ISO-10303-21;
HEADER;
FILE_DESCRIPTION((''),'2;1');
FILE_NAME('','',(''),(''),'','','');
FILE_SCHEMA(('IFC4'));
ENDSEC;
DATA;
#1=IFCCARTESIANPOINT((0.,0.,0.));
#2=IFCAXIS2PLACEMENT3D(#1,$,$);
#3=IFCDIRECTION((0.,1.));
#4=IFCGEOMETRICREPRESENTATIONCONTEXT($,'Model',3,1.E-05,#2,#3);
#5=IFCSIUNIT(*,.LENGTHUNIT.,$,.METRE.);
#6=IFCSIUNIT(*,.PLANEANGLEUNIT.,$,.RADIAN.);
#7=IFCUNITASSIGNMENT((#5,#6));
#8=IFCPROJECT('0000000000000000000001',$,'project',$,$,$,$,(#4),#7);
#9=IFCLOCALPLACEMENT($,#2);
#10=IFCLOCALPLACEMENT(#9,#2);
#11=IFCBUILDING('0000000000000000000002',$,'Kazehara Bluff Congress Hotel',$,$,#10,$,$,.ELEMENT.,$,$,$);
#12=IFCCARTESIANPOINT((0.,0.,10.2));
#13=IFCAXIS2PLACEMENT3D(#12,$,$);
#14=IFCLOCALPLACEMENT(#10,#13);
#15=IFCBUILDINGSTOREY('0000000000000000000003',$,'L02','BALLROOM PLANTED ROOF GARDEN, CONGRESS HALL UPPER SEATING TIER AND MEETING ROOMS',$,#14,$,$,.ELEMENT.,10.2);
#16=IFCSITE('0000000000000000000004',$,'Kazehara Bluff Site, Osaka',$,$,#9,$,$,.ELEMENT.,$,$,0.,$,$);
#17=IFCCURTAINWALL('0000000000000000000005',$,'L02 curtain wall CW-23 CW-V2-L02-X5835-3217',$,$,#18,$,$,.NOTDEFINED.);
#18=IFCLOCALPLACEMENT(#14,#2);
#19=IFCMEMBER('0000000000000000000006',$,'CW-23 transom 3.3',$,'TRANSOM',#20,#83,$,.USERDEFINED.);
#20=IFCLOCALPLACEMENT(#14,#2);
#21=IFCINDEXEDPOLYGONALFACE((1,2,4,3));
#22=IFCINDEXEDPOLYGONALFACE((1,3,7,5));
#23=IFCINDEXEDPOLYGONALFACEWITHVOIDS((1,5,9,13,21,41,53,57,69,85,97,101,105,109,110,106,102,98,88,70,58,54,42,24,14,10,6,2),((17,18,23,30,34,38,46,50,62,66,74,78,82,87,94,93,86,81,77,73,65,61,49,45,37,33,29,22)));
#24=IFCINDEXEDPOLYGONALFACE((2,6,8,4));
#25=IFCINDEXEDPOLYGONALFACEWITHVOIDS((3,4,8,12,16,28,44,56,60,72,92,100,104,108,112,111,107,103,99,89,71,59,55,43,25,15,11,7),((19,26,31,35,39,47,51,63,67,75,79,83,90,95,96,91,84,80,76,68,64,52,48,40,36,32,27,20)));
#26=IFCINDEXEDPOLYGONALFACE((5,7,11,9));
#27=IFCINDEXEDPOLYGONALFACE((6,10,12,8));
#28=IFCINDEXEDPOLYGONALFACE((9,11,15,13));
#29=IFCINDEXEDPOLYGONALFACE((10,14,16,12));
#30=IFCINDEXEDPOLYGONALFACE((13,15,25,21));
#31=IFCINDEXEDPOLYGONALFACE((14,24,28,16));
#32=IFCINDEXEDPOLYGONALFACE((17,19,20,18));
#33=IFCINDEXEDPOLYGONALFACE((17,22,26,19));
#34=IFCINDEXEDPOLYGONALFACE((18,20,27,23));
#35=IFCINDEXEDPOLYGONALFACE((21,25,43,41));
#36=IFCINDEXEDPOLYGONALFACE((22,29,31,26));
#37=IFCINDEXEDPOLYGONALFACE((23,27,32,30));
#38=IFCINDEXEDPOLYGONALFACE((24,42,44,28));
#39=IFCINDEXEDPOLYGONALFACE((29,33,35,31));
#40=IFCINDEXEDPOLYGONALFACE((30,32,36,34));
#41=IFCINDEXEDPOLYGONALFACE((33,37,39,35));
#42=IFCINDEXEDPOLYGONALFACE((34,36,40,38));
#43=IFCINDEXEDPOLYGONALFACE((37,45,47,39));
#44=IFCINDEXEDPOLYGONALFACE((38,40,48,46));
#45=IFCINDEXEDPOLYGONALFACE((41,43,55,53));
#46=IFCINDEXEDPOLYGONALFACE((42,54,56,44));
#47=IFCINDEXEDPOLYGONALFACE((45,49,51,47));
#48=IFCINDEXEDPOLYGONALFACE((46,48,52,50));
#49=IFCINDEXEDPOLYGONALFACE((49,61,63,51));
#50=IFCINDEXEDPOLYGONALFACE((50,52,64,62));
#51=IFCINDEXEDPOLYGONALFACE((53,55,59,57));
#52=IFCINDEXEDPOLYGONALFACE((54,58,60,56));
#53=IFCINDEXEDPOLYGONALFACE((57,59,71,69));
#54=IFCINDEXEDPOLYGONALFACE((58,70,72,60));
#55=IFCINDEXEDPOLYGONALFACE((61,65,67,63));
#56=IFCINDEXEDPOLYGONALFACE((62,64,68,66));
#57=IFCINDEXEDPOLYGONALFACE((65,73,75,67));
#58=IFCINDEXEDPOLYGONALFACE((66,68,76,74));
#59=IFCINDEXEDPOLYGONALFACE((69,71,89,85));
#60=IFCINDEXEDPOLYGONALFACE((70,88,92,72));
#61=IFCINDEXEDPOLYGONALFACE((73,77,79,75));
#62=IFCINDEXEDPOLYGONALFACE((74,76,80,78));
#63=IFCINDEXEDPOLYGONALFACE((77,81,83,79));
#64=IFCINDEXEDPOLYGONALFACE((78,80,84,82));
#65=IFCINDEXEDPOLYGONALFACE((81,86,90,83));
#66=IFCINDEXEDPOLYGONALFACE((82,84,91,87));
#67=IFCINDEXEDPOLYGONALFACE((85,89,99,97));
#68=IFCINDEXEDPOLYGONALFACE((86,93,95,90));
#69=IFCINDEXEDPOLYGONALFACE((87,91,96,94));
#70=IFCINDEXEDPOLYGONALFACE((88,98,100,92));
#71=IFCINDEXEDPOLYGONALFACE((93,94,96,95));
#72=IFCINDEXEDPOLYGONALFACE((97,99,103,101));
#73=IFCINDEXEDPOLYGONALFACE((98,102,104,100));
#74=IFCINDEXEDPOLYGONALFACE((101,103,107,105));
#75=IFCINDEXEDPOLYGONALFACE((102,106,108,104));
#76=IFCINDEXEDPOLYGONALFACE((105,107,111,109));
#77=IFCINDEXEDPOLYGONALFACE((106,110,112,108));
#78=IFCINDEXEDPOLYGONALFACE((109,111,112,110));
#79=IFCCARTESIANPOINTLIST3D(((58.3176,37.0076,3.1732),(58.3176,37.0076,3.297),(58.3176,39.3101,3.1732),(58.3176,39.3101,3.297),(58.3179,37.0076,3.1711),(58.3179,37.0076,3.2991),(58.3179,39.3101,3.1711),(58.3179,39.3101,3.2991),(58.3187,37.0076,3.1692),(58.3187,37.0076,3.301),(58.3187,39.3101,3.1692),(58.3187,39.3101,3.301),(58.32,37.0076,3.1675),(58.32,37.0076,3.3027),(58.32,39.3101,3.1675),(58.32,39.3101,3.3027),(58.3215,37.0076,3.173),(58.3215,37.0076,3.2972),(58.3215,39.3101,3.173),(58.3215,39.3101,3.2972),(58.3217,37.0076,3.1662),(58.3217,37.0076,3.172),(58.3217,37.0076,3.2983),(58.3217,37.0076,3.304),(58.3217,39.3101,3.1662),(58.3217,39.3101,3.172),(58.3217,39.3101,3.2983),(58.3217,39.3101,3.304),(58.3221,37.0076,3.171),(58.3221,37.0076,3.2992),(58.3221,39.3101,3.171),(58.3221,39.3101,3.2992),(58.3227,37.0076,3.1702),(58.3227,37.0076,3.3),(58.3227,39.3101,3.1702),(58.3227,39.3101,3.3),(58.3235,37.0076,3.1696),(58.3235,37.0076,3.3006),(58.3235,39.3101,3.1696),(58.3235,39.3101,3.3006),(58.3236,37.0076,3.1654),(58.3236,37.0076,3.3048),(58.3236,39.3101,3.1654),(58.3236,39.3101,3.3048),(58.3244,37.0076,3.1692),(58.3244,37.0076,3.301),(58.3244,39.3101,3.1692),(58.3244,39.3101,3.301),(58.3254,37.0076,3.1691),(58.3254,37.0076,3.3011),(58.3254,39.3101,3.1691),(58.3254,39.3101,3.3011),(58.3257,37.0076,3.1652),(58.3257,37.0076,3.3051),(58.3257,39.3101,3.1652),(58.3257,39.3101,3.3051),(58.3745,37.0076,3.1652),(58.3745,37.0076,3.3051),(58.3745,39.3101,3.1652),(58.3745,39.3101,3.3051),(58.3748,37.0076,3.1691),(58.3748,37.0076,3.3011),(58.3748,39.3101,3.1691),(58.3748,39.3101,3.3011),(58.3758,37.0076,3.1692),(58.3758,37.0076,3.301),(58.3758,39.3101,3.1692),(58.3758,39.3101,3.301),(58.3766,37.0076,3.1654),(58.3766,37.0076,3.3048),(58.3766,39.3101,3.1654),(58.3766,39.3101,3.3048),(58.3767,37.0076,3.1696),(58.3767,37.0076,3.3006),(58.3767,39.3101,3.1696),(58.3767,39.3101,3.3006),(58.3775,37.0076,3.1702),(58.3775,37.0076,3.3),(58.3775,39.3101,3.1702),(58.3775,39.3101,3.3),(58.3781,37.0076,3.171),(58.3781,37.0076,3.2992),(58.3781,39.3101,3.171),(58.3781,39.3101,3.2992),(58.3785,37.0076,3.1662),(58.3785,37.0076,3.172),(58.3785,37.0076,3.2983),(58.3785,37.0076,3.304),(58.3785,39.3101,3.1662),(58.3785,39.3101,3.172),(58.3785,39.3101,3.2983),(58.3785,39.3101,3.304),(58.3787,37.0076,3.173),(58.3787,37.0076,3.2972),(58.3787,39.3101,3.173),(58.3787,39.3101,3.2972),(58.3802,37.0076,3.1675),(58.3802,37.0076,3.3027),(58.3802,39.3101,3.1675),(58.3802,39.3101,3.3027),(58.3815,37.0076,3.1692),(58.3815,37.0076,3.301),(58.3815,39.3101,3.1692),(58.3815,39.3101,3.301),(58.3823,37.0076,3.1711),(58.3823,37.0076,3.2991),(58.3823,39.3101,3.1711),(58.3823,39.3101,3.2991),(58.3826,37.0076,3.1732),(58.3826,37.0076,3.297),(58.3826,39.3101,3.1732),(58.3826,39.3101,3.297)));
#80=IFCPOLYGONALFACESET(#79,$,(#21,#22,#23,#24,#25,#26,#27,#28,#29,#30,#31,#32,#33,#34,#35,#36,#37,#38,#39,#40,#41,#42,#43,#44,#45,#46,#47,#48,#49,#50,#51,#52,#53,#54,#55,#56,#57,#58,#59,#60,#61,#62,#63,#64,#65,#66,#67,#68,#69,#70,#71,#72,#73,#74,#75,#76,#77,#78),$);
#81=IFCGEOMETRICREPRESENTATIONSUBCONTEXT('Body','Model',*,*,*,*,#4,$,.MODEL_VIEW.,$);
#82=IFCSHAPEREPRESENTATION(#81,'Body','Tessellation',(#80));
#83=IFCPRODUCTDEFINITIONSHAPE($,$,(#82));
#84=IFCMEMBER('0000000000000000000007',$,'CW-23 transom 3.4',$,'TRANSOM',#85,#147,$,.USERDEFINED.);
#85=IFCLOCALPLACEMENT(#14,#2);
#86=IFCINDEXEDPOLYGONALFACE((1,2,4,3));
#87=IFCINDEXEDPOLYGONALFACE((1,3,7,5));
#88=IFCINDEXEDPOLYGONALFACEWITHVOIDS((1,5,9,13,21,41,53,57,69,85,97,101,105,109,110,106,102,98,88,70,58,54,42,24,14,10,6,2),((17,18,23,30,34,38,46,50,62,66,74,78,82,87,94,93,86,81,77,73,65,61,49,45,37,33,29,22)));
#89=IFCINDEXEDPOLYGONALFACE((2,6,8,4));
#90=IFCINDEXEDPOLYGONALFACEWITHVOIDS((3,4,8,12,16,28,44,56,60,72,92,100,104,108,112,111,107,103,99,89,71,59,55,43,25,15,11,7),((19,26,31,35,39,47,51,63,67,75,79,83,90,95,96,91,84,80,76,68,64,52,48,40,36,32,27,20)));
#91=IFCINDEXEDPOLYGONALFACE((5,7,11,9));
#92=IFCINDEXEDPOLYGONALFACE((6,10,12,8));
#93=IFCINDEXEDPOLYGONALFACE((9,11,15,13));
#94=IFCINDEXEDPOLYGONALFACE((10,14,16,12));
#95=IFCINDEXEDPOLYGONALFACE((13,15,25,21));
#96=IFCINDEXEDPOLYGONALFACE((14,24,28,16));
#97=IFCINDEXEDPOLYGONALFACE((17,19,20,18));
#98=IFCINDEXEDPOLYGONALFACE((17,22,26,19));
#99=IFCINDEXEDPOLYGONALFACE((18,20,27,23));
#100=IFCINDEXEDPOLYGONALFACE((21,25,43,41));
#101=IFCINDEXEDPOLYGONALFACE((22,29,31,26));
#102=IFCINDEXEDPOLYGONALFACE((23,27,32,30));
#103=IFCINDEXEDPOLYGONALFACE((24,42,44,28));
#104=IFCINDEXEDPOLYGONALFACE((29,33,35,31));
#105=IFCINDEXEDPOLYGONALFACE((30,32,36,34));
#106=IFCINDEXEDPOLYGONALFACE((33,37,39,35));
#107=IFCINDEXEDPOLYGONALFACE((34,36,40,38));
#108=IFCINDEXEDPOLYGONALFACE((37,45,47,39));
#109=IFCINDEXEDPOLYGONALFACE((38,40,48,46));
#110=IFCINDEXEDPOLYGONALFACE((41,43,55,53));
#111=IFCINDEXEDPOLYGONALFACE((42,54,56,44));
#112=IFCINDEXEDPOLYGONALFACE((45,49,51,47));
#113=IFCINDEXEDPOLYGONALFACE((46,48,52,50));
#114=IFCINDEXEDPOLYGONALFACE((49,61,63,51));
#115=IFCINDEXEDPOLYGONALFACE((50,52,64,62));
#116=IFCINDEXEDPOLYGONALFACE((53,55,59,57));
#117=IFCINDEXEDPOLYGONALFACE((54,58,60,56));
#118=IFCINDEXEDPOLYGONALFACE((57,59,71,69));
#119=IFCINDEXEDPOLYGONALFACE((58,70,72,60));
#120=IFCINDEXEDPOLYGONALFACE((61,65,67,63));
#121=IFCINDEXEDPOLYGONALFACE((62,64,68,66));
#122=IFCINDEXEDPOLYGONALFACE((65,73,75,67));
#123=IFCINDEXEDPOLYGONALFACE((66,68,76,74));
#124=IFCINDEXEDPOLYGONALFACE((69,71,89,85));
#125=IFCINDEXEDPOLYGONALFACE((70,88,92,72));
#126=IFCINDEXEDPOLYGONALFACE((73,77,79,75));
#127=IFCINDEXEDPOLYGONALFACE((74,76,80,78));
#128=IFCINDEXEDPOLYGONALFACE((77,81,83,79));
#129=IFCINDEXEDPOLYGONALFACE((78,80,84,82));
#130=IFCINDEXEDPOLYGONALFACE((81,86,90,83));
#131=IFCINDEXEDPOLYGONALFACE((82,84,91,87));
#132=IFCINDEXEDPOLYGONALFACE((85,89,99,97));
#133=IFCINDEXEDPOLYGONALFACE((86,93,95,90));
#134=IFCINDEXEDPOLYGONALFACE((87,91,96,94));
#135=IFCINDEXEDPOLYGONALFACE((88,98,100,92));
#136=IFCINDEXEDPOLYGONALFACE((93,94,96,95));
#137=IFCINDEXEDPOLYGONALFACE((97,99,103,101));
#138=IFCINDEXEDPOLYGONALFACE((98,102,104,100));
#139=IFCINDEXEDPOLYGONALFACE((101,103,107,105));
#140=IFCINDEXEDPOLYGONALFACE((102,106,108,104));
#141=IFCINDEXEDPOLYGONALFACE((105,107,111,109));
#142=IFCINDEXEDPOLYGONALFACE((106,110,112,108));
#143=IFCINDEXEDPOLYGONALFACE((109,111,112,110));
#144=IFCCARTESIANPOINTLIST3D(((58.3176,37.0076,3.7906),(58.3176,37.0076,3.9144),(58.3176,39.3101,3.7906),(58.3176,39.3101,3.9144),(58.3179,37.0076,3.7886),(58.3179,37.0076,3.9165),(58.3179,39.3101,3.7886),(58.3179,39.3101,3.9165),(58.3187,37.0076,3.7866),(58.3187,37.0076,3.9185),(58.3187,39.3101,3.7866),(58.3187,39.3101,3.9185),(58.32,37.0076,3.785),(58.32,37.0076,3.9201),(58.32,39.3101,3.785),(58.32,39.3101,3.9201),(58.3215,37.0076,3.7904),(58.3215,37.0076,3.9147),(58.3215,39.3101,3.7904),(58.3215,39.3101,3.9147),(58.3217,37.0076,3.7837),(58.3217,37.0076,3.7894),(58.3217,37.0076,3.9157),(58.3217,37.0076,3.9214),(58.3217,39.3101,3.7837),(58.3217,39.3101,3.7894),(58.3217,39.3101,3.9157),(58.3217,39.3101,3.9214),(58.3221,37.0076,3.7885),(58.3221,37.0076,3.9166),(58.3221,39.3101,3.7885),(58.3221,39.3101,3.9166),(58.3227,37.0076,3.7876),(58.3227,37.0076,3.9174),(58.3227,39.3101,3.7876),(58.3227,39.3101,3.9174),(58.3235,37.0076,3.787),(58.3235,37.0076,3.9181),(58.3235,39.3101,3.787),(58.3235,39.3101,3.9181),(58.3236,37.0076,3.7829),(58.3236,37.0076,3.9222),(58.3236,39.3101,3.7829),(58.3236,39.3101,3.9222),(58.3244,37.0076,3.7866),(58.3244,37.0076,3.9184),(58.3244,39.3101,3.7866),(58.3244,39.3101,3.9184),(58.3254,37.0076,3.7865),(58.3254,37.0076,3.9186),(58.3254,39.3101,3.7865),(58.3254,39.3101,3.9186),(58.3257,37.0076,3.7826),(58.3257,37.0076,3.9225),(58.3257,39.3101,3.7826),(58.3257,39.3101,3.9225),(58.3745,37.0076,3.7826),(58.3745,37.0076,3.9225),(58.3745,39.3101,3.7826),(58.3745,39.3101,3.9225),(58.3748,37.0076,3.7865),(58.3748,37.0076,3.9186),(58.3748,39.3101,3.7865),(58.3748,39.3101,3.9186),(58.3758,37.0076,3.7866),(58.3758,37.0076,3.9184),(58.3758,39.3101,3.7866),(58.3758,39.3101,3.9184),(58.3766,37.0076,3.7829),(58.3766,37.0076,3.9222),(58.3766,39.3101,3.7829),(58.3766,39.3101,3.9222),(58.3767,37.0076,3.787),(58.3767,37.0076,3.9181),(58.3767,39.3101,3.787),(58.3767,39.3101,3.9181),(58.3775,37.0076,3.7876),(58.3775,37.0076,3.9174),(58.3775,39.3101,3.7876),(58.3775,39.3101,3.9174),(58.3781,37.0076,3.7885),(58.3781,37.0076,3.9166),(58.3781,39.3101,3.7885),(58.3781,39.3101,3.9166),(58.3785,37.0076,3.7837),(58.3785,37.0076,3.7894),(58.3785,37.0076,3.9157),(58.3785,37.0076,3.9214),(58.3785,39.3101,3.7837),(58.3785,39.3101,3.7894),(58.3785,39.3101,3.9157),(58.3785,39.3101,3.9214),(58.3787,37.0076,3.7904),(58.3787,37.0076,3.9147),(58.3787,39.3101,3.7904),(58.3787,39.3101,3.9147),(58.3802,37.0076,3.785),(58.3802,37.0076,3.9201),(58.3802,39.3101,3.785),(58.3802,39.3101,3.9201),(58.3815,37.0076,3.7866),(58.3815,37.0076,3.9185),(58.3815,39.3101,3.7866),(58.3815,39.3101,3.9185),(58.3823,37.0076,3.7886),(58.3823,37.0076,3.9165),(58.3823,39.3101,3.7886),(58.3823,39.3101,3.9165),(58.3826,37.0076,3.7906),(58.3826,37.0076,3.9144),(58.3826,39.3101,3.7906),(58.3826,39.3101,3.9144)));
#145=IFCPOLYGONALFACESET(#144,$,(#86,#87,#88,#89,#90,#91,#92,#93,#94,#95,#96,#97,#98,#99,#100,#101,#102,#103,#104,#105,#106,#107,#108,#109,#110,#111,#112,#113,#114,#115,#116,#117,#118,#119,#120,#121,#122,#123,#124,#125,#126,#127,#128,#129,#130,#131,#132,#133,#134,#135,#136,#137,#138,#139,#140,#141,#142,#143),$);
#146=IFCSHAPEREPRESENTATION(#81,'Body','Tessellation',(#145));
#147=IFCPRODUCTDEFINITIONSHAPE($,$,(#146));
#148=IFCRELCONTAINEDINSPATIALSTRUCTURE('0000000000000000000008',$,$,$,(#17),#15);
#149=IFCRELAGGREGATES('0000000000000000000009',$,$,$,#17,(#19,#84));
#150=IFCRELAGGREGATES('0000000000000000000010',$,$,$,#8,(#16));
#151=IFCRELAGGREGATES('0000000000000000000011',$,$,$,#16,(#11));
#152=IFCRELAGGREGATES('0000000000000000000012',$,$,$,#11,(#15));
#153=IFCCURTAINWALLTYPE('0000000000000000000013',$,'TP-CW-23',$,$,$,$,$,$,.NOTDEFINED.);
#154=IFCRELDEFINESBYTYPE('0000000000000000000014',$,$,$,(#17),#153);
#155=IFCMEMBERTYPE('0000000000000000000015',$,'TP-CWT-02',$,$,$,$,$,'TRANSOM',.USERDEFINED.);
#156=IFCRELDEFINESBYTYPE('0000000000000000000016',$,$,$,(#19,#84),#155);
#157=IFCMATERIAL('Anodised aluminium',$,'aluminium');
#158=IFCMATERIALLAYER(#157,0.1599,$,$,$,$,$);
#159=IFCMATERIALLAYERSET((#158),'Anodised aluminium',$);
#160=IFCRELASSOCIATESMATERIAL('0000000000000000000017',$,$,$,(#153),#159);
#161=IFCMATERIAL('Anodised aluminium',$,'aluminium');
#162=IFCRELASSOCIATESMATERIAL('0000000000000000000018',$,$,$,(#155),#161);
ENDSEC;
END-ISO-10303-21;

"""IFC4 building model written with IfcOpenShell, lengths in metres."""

from ifc_helpers import new_model, si_unit, direction, frame, origin, origin_2d, place, context, subcontext, project, spatial, hollow_rectangle, extrude, material, layer, layer_set, material_profile, profile_set, type_object, element, aggregate, save


model = new_model("IFC4")

# Units and contexts
model_context = context("Model", 3, precision=1e-05, world=origin(), true_north=direction((0.0, 1.0)))
body_context = subcontext(model_context, "Body", "Model", "MODEL_VIEW")
ifc_project = project(units=[si_unit("LENGTHUNIT", "METRE"), si_unit("PLANEANGLEUNIT", "RADIAN")], contexts=[model_context])

# Site, building, storey
site_placement = place(None, origin())
site = spatial("IfcSite", under=ifc_project, at=site_placement, Name="Kazehara Bluff Site, Osaka", CompositionType="ELEMENT", RefElevation=0.0)
building_placement = place(site_placement, origin())
building = spatial("IfcBuilding", under=site, at=building_placement, Name="Kazehara Bluff Congress Hotel", CompositionType="ELEMENT")
storey_placement = place(building_placement, frame((0.0, 0.0, 10.2)))
storey = spatial("IfcBuildingStorey", under=building, at=storey_placement, Name="L02", Description="BALLROOM PLANTED ROOF GARDEN, CONGRESS HALL UPPER SEATING TIER AND MEETING ROOMS", CompositionType="ELEMENT", Elevation=10.2)

# Curtain wall
ifc_material_1 = material(Name="Anodised aluminium", Category="aluminium")
ifc_layer_1 = layer(ifc_material_1, 0.1599)
ifc_layer_set_1 = layer_set([ifc_layer_1], Name="Anodised aluminium")
curtain_wall_type_1 = type_object("IfcCurtainWallType", Name="TP-CW-23", PredefinedType="NOTDEFINED", material=ifc_layer_set_1)
curtain_wall_1_placement = place(storey_placement, origin())
curtain_wall_1 = element("IfcCurtainWall", 1, at=curtain_wall_1_placement, inside=storey, type_object=curtain_wall_type_1, Name="L02 curtain wall CW-23 CW-V2-L02-X5835-3217", PredefinedType="NOTDEFINED")

# Members
ifc_material_2 = material(Name="Anodised aluminium", Category="aluminium")
ifc_material_profile_1 = material_profile(ifc_material_2, hollow_rectangle(XDim=0.0649, YDim=0.1399, WallThickness=0.0039, InnerFilletRadius=0.0039, OuterFilletRadius=0.0081, at=origin_2d()))
ifc_profile_set_1 = profile_set([ifc_material_profile_1], Name="Anodised aluminium")
member_type_1 = type_object("IfcMemberType", Name="TP-CWT-02", ElementType="TRANSOM", PredefinedType="USERDEFINED", material=ifc_profile_set_1)
member_1_placement = place(storey_placement, frame((58.3501, 37.0076, 3.2351), z_axis=(0.0, 1.0, 0.0), x_axis=(-1.0, 0.0, 0.0)))
member_1 = element("IfcMember", 2, at=member_1_placement, type_object=member_type_1, Name="CW-23 transom 3.3", ObjectType="TRANSOM", PredefinedType="USERDEFINED", context=body_context, shape_type="SweptSolid", body=[
    extrude(hollow_rectangle(XDim=0.0649, YDim=0.1399, WallThickness=0.0039, InnerFilletRadius=0.0039, OuterFilletRadius=0.0081, at=origin_2d()), origin(), (0.0, 0.0, 1.0), 2.3025),
])
member_2_placement = place(storey_placement, frame((58.3501, 37.0076, 3.8525), z_axis=(0.0, 1.0, 0.0), x_axis=(-1.0, 0.0, 0.0)))
member_2 = element("IfcMember", 3, at=member_2_placement, type_object=member_type_1, Name="CW-23 transom 3.4", ObjectType="TRANSOM", PredefinedType="USERDEFINED", context=body_context, shape_type="SweptSolid", body=[
    extrude(hollow_rectangle(XDim=0.0649, YDim=0.1399, WallThickness=0.0039, InnerFilletRadius=0.0039, OuterFilletRadius=0.0081, at=origin_2d()), origin(), (0.0, 0.0, 1.0), 2.3025),
])

aggregate(curtain_wall_1, [member_1, member_2])

save(model, "model.ifc")
